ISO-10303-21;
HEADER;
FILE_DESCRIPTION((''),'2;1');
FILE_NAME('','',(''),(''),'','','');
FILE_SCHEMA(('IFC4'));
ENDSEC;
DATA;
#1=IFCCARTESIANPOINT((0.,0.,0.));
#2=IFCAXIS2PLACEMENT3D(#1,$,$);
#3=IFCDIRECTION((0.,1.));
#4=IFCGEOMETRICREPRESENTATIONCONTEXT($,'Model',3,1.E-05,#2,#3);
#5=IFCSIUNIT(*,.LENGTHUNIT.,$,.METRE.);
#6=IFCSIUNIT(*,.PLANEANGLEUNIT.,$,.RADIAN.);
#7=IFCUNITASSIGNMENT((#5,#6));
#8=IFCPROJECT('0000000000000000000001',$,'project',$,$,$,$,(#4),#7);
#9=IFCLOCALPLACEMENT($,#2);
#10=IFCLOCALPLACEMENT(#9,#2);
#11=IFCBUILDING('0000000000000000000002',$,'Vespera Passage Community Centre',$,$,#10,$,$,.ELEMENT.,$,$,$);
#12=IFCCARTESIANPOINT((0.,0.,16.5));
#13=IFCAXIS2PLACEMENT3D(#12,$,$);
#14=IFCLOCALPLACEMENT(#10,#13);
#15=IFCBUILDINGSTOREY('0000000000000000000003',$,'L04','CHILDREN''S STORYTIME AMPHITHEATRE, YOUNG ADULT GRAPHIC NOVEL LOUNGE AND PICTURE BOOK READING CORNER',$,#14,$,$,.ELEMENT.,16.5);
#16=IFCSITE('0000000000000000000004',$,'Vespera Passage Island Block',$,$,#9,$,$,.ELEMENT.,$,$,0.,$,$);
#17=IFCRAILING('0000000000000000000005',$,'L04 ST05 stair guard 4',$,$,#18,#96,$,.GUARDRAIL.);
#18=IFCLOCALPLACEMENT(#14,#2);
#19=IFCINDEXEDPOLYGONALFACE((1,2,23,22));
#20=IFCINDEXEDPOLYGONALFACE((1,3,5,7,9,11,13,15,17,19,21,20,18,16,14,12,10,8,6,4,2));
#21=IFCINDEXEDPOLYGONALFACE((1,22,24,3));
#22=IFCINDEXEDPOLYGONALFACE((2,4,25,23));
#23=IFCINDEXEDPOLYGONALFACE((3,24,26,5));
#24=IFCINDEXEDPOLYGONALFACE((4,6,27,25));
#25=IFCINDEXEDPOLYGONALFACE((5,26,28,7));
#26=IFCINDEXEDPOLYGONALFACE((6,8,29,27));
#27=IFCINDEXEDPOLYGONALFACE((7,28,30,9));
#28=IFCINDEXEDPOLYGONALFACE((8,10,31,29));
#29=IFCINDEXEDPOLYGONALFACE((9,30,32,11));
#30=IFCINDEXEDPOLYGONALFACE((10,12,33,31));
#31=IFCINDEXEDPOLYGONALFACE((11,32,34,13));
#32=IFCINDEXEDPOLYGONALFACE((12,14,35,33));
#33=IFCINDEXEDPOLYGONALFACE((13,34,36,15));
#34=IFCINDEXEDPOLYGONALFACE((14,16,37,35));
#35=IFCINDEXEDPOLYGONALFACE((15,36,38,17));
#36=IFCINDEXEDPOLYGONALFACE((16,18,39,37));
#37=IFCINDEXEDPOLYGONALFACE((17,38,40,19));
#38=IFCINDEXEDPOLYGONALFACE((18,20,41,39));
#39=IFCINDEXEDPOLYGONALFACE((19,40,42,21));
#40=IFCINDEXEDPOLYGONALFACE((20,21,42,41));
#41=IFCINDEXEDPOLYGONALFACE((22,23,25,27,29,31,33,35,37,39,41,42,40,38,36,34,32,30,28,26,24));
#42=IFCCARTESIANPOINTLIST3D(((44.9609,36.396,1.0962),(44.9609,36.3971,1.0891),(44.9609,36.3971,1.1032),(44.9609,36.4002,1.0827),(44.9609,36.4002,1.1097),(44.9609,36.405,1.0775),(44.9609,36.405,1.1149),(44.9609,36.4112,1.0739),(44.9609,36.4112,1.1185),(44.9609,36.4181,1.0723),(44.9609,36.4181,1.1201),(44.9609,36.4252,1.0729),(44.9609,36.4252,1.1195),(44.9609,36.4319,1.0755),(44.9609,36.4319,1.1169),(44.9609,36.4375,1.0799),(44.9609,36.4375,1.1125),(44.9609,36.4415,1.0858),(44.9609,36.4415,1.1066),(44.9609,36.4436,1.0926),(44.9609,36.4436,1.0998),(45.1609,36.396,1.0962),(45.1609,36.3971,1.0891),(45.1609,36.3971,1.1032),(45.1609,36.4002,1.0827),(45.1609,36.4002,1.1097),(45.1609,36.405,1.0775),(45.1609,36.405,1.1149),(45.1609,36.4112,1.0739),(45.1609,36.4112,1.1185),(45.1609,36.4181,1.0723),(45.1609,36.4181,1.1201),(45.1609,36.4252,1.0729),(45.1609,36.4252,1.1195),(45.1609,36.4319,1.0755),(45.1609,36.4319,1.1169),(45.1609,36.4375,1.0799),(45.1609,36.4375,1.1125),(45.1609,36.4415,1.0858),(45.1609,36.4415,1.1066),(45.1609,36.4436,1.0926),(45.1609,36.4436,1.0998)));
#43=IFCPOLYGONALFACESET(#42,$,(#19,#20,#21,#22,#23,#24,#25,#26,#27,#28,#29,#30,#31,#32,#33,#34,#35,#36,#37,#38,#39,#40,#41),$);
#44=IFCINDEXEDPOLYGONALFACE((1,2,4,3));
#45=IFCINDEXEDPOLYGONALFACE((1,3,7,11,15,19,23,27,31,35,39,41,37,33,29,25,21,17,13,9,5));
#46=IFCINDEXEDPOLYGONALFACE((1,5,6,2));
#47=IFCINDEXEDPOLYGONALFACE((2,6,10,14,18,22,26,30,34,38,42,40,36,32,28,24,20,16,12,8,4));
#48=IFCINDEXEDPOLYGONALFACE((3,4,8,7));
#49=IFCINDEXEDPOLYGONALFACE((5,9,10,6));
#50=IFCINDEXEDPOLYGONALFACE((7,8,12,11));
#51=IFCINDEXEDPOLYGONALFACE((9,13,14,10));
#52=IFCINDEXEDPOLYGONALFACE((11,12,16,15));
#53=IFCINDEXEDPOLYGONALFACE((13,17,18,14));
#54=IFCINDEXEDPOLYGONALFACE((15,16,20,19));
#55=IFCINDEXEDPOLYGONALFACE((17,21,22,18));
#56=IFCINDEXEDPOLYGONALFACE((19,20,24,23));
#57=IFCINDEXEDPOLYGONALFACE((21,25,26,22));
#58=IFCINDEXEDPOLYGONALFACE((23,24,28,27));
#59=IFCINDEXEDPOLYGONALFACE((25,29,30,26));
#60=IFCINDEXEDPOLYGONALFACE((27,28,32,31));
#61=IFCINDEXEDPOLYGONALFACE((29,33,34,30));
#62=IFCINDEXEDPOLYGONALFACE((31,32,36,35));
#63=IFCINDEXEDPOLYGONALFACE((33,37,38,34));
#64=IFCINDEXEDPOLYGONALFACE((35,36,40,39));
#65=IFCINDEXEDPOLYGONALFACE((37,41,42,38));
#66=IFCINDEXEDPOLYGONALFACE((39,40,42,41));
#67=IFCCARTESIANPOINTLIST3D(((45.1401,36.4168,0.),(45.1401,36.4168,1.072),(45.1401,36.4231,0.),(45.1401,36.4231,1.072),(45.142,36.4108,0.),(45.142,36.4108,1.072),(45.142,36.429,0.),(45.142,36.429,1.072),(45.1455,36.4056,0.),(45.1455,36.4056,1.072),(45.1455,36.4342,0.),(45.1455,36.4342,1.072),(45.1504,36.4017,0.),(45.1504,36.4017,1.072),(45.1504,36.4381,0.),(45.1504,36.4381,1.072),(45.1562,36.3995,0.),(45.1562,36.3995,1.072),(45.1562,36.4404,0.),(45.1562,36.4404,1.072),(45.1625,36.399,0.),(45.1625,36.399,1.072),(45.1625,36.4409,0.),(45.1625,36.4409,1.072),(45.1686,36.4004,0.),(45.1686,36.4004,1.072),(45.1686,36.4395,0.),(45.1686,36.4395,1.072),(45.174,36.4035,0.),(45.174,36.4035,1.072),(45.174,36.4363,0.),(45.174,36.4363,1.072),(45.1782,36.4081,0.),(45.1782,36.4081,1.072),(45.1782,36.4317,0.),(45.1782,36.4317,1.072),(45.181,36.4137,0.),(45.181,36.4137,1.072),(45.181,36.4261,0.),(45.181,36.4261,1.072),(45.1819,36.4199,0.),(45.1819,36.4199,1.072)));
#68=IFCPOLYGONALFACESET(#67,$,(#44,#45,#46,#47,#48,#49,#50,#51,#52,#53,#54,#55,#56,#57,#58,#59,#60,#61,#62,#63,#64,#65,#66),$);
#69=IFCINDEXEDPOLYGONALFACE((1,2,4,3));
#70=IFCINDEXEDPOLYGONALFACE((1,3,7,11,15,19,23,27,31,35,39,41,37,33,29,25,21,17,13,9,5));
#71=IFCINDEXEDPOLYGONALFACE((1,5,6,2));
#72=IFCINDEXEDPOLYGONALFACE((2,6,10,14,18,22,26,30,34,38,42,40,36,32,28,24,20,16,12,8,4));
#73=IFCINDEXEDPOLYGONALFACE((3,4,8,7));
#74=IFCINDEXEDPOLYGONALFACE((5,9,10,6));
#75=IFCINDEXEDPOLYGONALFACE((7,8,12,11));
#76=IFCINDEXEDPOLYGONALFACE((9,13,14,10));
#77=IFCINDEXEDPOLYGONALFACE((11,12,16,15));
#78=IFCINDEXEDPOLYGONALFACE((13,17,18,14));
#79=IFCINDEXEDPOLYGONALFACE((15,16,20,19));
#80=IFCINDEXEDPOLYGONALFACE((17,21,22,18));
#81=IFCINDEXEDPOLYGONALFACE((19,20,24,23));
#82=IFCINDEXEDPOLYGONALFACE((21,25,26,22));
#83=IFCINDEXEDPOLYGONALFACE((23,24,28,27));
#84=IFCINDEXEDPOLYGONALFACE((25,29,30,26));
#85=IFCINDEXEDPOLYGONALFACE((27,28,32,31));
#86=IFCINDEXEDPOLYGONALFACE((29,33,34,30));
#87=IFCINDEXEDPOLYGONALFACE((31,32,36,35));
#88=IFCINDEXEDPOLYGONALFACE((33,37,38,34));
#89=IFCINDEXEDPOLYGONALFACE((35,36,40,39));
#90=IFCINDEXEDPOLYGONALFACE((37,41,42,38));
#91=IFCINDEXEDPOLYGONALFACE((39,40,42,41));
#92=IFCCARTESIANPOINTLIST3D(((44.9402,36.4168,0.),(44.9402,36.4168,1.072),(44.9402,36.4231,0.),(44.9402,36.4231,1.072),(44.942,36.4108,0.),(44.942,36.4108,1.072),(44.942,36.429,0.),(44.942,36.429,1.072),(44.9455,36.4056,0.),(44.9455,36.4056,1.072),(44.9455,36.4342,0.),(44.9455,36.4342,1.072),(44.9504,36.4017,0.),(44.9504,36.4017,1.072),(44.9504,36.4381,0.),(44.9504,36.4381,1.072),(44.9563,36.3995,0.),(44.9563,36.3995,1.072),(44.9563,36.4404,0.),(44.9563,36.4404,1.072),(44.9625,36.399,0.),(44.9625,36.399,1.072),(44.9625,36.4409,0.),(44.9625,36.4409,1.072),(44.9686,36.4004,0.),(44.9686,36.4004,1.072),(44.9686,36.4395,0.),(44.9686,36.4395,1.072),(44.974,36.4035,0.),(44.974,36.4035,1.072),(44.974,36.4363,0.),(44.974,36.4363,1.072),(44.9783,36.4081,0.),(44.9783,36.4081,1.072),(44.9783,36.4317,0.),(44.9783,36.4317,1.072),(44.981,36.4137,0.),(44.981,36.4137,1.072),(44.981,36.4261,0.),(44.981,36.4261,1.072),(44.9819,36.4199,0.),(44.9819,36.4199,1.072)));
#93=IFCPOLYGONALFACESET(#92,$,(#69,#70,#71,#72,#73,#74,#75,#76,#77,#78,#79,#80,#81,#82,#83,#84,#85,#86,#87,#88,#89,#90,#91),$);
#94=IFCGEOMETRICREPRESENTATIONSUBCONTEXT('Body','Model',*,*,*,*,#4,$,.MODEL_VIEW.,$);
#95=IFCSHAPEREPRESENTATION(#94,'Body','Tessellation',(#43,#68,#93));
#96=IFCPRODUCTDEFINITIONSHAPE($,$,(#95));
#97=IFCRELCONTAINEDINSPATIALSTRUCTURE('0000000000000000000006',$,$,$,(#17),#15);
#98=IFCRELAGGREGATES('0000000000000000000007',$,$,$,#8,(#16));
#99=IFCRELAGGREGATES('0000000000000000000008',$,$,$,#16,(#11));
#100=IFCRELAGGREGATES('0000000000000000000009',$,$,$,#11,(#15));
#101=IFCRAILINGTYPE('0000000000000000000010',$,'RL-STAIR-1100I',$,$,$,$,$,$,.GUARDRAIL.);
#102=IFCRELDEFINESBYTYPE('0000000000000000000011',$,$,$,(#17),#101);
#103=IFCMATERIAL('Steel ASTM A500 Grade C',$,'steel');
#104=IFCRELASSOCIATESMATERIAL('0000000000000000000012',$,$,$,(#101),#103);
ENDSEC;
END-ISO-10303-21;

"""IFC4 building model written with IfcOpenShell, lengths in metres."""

from ifc_helpers import new_model, si_unit, direction, frame, origin, origin_2d, place, context, subcontext, project, spatial, circle, extrude, material, type_object, element, save


model = new_model("IFC4")

# Units and contexts
model_context = context("Model", 3, precision=1e-05, world=origin(), true_north=direction((0.0, 1.0)))
body_context = subcontext(model_context, "Body", "Model", "MODEL_VIEW")
ifc_project = project(units=[si_unit("LENGTHUNIT", "METRE"), si_unit("PLANEANGLEUNIT", "RADIAN")], contexts=[model_context])

# Site, building, storey
site_placement = place(None, origin())
site = spatial("IfcSite", under=ifc_project, at=site_placement, Name="Vespera Passage Island Block", CompositionType="ELEMENT", RefElevation=0.0)
building_placement = place(site_placement, origin())
building = spatial("IfcBuilding", under=site, at=building_placement, Name="Vespera Passage Community Centre", CompositionType="ELEMENT")
storey_placement = place(building_placement, frame((0.0, 0.0, 16.5)))
storey = spatial("IfcBuildingStorey", under=building, at=storey_placement, Name="L04", Description="CHILDREN'S STORYTIME AMPHITHEATRE, YOUNG ADULT GRAPHIC NOVEL LOUNGE AND PICTURE BOOK READING CORNER", CompositionType="ELEMENT", Elevation=16.5)

# Railing
ifc_material_1 = material(Name="Steel ASTM A500 Grade C", Category="steel")
railing_type_1 = type_object("IfcRailingType", Name="RL-STAIR-1100I", PredefinedType="GUARDRAIL", material=ifc_material_1)
railing_1_placement = place(storey_placement, frame((45.1609, 36.4199, 0.0)))
element("IfcRailing", 1, at=railing_1_placement, inside=storey, type_object=railing_type_1, Name="L04 ST05 stair guard 4", PredefinedType="GUARDRAIL", context=body_context, shape_type="SweptSolid", body=[
    extrude(circle(Radius=0.0239, at=origin_2d()), frame((0.0, 0.0, 1.0962), z_axis=(-1.0, 0.0, 0.0), x_axis=(0.0, -1.0, 0.0)), (0.0, 0.0, 1.0), 0.2),
    extrude(circle(Radius=0.021, at=origin_2d()), origin(), (0.0, 0.0, 1.0), 1.072),
    extrude(circle(Radius=0.021, at=origin_2d()), frame((-0.2, 0.0, 0.0)), (0.0, 0.0, 1.0), 1.072),
])

save(model, "model.ifc")
